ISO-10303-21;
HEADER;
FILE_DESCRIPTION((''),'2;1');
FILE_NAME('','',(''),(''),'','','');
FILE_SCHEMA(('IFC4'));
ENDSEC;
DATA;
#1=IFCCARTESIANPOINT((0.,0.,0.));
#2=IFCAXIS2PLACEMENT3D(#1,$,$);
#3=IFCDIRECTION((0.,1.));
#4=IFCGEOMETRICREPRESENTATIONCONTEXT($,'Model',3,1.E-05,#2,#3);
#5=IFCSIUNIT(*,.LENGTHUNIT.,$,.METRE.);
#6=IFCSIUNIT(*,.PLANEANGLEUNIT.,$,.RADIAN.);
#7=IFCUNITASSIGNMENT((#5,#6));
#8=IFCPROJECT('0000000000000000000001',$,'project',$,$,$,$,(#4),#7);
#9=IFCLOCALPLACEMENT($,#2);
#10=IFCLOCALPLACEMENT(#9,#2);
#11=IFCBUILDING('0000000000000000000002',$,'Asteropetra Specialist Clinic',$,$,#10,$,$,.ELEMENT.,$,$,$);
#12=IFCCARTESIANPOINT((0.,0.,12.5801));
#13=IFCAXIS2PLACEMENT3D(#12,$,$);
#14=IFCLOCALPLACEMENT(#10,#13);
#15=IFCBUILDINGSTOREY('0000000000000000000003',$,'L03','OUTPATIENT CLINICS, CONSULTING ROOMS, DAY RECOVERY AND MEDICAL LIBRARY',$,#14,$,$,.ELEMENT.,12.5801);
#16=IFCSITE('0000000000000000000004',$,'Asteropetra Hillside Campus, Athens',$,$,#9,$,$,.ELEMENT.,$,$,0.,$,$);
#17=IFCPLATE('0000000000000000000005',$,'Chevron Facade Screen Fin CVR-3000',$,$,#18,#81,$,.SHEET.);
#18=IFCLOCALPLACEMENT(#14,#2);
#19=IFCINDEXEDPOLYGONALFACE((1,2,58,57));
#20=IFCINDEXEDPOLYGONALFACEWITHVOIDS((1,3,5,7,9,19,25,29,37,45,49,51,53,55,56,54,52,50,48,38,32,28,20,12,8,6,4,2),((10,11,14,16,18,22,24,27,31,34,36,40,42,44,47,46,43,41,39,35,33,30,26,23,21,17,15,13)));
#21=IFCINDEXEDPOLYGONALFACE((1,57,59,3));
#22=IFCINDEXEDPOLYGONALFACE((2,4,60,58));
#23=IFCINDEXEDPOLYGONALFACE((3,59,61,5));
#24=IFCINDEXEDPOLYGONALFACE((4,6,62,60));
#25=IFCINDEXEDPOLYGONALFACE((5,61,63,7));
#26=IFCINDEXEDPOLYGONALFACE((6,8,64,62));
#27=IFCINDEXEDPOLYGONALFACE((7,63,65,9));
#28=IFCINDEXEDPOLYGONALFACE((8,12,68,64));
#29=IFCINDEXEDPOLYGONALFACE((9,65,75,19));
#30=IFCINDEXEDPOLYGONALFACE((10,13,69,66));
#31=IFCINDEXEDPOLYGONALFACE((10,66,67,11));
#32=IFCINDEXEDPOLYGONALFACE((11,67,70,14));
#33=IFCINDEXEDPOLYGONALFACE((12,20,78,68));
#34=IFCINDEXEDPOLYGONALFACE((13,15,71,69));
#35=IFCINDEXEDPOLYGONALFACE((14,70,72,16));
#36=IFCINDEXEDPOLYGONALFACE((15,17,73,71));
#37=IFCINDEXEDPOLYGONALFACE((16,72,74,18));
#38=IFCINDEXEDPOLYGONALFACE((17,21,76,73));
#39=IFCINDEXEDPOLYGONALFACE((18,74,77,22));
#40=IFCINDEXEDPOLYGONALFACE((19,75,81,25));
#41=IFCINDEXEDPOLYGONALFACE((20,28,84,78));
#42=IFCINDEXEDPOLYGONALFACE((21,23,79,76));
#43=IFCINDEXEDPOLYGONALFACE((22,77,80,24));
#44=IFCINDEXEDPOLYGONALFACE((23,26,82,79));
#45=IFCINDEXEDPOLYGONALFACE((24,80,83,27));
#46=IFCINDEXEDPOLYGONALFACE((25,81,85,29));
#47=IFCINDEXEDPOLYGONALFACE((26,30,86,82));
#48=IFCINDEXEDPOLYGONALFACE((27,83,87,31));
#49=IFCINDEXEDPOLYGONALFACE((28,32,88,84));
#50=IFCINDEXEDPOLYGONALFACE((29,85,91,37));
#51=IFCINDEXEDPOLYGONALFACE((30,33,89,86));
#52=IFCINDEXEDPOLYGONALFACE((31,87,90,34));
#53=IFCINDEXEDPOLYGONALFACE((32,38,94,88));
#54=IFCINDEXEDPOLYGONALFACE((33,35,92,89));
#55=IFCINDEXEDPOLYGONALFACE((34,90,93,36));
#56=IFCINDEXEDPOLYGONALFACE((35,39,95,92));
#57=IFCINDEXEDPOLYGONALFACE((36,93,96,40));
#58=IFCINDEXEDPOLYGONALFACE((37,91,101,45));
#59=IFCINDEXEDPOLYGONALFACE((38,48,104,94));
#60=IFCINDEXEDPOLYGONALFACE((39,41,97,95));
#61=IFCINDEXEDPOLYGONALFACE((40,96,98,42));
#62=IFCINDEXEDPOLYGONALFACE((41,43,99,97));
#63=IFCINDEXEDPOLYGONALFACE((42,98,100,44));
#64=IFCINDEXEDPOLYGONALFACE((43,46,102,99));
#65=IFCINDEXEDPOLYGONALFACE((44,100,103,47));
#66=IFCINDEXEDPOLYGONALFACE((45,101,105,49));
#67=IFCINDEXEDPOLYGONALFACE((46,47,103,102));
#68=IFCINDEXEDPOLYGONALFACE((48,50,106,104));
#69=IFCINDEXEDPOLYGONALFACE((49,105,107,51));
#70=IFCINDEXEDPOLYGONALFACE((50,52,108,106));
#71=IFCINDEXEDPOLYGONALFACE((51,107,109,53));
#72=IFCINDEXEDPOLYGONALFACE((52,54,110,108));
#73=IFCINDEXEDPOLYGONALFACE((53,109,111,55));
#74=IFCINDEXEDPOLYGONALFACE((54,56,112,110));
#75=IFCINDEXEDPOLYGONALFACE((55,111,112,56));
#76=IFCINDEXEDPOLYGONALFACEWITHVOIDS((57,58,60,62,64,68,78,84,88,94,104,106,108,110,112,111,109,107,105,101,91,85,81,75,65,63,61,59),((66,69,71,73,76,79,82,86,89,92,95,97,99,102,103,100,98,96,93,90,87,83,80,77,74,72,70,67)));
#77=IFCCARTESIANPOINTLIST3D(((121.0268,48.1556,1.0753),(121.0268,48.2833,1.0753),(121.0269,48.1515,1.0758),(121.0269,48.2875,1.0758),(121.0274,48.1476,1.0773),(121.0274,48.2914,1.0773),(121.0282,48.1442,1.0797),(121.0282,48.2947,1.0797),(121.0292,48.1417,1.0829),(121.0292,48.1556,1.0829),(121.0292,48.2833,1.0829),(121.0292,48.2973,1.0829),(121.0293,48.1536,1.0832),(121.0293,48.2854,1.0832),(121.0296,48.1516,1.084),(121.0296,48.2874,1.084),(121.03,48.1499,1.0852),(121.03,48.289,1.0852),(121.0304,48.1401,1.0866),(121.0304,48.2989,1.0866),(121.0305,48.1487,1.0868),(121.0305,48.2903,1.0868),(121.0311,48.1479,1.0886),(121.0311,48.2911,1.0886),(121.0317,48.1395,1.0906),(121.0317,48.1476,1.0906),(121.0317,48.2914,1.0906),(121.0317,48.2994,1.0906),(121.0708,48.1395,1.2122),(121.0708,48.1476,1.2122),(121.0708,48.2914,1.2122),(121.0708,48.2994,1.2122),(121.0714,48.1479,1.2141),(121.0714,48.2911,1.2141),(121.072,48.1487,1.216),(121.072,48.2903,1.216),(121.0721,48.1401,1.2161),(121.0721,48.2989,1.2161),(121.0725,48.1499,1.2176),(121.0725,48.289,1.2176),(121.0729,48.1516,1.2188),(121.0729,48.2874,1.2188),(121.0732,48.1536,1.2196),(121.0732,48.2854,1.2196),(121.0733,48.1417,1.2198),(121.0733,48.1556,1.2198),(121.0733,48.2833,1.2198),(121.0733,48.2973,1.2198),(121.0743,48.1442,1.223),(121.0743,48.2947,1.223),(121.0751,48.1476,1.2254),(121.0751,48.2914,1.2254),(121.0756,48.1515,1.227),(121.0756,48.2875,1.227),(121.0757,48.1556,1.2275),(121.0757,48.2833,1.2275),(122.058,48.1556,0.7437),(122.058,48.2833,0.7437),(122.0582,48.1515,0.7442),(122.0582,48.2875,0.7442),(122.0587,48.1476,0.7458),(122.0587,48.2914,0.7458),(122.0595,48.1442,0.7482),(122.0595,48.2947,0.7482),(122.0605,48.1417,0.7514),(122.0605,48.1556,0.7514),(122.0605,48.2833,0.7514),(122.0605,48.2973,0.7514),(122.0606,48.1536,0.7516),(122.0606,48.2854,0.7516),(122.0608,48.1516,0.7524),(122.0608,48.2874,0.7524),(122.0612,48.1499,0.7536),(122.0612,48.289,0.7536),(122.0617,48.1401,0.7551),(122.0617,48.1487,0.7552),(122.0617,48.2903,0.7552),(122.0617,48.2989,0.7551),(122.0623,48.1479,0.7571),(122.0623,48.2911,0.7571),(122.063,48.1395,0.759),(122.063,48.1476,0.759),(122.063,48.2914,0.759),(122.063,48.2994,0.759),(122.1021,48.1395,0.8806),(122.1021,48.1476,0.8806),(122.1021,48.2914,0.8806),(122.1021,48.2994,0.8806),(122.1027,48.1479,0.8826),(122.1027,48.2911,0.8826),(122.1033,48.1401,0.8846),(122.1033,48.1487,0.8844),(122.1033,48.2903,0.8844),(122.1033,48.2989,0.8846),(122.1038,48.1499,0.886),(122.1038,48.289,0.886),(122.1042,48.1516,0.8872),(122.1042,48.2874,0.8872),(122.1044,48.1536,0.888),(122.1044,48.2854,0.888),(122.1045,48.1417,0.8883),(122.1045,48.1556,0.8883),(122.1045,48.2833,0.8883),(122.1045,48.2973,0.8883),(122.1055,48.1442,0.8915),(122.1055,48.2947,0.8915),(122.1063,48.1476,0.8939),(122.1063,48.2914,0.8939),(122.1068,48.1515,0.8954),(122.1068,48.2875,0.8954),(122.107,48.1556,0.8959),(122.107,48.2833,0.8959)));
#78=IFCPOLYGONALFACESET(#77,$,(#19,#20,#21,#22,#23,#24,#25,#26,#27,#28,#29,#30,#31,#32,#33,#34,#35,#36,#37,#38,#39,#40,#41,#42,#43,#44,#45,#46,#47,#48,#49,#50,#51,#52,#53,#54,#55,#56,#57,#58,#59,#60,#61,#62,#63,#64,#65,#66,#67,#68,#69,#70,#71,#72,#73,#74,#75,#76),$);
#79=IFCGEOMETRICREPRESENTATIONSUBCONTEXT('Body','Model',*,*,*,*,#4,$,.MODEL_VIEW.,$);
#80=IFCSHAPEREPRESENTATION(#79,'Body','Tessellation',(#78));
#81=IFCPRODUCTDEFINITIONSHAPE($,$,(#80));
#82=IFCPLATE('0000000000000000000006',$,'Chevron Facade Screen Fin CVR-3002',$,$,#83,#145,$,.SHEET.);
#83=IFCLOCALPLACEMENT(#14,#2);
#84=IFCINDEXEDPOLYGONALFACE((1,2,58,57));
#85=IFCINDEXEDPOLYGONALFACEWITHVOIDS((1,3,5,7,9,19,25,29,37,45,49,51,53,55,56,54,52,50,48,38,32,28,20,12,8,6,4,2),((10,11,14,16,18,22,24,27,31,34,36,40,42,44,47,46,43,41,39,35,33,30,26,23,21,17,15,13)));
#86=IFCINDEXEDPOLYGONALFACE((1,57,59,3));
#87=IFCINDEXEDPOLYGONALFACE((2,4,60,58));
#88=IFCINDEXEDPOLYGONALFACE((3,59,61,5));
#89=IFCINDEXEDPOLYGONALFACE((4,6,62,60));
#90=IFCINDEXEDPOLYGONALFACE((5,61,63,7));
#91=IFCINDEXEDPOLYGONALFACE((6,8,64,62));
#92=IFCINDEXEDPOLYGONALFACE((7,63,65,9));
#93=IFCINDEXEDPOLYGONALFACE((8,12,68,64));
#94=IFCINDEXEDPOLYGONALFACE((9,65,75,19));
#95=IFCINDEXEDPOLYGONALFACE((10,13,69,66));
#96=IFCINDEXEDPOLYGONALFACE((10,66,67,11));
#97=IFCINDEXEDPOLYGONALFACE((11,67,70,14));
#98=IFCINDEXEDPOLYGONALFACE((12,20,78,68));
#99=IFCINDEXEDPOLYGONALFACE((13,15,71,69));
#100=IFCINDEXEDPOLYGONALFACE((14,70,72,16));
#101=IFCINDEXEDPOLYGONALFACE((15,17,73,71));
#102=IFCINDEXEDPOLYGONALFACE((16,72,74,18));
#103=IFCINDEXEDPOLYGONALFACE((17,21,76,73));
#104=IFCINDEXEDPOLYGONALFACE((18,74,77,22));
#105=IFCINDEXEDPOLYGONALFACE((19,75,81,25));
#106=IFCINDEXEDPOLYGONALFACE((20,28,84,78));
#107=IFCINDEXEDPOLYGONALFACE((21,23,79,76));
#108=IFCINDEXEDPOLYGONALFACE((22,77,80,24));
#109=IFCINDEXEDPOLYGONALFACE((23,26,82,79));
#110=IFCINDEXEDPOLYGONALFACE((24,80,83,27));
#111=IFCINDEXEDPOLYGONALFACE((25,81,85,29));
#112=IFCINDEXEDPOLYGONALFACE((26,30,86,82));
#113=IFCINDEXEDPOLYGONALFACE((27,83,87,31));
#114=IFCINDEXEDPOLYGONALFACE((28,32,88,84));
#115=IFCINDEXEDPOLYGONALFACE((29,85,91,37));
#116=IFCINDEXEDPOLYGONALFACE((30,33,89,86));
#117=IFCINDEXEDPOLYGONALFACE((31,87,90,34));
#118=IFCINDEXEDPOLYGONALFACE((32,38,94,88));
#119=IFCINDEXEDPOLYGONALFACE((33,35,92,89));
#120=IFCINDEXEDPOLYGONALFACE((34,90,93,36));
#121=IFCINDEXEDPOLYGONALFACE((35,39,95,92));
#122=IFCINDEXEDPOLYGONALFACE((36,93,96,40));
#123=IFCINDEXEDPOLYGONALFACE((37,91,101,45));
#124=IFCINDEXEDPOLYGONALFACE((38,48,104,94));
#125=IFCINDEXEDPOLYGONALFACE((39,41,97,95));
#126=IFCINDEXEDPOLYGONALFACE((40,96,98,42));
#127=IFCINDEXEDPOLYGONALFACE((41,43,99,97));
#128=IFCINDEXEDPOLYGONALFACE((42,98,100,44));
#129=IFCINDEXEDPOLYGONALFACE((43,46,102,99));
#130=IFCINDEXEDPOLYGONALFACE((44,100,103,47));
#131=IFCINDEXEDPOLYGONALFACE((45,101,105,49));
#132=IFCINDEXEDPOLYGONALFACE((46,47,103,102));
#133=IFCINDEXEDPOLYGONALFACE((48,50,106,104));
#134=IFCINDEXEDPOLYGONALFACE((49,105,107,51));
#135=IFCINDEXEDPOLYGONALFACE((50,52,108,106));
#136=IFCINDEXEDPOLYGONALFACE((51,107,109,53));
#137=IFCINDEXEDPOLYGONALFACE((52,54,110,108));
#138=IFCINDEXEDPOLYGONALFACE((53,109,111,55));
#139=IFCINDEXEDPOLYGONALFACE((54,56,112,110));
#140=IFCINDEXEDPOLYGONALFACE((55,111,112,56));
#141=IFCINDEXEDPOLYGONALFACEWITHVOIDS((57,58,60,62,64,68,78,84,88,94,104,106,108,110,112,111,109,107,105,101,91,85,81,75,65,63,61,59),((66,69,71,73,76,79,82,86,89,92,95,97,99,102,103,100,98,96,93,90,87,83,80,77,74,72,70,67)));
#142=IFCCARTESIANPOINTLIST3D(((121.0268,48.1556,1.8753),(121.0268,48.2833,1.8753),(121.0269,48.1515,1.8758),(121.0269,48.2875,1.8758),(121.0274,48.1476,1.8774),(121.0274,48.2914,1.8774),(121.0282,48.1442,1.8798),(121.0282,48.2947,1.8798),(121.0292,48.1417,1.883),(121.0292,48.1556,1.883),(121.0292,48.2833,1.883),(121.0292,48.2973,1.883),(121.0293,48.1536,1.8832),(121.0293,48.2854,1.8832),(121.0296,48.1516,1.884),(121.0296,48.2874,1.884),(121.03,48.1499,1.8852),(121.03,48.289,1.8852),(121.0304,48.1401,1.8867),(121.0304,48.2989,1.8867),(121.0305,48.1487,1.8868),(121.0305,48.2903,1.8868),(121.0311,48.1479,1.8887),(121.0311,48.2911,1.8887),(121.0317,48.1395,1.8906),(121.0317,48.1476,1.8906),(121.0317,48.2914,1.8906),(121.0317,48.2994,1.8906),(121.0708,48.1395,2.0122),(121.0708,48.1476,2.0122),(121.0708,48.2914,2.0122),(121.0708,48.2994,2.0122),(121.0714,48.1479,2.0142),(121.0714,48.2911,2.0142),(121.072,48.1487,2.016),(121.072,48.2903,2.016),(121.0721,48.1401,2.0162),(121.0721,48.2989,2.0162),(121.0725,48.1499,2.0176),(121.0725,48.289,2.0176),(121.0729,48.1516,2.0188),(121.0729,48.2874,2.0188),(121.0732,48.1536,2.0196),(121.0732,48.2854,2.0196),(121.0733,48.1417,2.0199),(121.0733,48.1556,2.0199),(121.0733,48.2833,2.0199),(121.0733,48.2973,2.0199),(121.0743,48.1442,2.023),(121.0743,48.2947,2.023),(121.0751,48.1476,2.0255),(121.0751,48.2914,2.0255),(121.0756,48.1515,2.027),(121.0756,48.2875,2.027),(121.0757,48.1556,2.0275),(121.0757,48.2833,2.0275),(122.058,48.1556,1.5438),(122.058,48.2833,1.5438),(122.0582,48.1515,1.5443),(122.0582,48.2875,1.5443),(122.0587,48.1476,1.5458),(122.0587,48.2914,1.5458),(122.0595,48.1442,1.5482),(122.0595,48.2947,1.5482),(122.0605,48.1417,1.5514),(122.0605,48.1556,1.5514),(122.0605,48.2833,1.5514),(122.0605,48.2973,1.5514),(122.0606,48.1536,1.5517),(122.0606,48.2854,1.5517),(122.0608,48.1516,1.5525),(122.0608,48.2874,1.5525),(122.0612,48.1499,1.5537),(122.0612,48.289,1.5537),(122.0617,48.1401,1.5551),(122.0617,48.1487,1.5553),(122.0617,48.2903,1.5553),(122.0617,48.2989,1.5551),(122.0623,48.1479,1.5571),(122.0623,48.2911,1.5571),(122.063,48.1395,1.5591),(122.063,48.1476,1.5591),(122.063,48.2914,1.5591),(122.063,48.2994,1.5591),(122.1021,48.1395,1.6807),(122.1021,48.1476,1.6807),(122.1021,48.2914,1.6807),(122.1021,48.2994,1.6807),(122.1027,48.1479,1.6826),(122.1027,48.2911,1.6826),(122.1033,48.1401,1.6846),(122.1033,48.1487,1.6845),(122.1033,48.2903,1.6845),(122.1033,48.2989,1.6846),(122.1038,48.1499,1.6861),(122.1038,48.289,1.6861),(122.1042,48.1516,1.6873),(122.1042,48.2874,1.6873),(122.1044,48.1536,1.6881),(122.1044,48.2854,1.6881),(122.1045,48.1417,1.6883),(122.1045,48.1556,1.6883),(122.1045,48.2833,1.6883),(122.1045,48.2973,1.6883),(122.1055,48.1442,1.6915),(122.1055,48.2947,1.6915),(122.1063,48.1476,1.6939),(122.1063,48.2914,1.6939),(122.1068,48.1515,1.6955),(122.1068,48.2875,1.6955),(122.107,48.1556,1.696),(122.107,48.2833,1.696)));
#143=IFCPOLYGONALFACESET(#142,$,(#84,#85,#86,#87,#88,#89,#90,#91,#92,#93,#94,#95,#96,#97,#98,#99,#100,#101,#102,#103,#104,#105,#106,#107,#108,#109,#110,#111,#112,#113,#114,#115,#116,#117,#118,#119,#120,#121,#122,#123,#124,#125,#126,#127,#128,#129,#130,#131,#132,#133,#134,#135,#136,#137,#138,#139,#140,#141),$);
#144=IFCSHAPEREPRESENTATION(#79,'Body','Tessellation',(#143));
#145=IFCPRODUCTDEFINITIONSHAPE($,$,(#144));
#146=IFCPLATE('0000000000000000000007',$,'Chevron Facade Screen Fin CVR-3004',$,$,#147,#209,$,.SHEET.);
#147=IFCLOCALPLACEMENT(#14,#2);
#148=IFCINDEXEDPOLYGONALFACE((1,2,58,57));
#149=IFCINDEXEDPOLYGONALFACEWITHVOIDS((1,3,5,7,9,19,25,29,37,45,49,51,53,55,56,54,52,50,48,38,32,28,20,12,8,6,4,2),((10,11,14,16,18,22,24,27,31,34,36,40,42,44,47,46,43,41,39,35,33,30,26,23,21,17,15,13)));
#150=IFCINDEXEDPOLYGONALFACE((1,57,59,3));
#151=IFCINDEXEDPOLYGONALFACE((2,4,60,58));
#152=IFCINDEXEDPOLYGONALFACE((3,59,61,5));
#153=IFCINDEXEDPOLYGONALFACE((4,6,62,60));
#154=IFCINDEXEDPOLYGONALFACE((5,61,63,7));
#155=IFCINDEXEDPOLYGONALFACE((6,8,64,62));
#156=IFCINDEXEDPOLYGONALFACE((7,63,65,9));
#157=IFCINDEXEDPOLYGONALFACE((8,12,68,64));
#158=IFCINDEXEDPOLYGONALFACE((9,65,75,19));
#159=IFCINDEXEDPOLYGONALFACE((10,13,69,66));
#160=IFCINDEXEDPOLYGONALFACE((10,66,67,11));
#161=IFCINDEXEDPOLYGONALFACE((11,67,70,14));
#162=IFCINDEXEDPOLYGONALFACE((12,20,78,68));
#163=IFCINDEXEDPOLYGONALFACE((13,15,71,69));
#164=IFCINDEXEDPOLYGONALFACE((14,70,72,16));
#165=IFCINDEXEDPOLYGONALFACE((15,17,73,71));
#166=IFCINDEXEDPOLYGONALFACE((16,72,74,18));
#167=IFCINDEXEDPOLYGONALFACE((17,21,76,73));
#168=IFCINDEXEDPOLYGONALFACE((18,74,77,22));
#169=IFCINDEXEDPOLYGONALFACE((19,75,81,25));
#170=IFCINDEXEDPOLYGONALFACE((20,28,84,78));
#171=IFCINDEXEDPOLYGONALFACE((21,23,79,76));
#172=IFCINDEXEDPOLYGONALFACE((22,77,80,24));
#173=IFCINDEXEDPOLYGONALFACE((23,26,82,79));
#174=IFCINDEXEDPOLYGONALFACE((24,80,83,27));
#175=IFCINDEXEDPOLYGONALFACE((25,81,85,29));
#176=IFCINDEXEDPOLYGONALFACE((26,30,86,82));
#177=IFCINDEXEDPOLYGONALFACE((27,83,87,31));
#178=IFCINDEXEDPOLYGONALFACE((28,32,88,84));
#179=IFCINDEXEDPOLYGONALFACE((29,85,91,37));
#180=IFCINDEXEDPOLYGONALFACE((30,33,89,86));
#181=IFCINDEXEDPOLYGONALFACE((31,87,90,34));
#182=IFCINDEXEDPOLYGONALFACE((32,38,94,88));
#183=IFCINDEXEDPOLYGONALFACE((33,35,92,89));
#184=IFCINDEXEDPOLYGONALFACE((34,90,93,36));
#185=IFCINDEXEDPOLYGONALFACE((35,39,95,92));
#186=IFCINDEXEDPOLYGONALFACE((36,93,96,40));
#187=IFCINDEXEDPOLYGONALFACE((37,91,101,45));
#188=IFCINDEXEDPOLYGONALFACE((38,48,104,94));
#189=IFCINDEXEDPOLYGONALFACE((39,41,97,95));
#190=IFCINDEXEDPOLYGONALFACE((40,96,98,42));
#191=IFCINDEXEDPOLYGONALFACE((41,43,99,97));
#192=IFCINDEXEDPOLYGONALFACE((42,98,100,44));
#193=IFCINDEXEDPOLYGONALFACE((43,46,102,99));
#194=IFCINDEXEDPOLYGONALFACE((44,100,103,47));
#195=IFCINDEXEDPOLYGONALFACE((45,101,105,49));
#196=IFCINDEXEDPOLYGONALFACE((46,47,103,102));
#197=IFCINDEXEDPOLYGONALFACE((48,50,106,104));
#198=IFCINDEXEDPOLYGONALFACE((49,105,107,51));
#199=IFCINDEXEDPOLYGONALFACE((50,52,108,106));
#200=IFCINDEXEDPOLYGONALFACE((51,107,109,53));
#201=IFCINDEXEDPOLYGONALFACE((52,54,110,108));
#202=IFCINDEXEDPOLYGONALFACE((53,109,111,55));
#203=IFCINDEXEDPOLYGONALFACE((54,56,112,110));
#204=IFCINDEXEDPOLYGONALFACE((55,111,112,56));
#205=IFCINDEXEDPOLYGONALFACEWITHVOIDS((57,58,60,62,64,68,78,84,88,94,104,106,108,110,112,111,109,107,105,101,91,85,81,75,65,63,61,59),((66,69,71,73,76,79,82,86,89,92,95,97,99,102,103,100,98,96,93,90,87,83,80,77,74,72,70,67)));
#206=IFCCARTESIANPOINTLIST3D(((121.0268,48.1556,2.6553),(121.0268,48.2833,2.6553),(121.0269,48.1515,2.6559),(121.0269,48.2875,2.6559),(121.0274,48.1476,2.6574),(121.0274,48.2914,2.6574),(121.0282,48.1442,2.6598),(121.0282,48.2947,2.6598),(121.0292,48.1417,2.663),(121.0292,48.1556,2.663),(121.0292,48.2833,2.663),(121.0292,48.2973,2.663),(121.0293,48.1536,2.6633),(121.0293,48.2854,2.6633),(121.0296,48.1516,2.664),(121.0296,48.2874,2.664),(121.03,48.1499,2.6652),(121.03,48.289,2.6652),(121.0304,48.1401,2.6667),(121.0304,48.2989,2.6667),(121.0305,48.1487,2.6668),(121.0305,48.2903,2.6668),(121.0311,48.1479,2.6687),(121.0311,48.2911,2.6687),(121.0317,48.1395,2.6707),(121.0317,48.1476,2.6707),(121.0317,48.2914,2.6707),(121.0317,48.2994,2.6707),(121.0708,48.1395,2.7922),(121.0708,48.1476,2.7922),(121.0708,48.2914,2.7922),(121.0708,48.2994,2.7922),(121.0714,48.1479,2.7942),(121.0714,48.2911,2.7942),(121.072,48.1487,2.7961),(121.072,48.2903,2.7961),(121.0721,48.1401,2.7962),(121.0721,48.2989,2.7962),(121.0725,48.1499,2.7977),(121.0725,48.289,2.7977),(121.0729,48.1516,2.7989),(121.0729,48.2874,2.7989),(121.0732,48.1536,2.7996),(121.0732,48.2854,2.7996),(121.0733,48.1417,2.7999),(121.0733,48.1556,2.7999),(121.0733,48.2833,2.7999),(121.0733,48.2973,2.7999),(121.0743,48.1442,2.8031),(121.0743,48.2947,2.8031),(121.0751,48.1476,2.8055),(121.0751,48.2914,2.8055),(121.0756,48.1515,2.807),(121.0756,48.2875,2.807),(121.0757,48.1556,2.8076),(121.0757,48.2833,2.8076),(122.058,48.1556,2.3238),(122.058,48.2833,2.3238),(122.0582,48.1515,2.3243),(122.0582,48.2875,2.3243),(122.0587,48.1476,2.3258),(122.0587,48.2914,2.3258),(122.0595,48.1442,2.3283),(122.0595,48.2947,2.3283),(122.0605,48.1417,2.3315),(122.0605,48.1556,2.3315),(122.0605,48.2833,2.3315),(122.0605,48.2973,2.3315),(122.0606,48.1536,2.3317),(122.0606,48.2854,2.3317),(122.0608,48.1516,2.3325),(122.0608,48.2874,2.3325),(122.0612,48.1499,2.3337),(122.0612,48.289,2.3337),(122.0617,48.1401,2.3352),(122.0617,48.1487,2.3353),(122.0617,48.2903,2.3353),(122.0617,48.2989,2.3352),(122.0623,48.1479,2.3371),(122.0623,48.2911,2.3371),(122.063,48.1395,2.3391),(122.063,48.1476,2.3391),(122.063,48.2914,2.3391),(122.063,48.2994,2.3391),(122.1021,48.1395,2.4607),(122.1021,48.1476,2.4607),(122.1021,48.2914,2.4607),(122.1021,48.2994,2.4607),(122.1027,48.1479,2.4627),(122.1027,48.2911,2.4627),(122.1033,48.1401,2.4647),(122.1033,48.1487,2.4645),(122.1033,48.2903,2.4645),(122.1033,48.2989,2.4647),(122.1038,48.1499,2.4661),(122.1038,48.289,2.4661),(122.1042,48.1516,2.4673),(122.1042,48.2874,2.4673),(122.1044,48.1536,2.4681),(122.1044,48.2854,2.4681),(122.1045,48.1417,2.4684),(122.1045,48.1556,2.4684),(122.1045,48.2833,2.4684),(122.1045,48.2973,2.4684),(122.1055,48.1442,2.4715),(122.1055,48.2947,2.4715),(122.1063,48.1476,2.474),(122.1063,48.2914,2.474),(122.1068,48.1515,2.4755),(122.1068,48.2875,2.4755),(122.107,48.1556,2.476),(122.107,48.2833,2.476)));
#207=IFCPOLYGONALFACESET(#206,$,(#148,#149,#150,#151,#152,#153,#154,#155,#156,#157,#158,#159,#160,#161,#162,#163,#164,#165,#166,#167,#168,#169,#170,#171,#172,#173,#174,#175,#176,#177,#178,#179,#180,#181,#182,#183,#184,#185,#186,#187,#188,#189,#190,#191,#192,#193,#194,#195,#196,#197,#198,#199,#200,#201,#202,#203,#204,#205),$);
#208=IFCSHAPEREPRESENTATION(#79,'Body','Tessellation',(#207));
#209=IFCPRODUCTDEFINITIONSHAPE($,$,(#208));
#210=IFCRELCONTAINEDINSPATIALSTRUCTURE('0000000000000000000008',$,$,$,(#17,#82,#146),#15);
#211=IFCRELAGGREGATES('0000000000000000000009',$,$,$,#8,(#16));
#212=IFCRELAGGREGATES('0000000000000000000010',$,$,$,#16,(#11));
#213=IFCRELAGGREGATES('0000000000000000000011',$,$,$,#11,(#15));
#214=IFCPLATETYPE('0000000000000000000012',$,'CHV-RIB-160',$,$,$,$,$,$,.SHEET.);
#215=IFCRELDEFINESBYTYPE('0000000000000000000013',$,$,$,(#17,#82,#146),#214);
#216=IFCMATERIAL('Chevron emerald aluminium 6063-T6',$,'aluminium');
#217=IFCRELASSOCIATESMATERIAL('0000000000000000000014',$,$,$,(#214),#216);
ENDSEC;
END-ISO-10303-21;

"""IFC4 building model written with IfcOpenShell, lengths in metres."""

from ifc_helpers import new_model, si_unit, direction, frame, origin, origin_2d, place, context, subcontext, project, spatial, hollow_rectangle, extrude, material, material_profile, profile_set, type_object, element, save


model = new_model("IFC4")

# Units and contexts
model_context = context("Model", 3, precision=1e-05, world=origin(), true_north=direction((0.0, 1.0)))
body_context = subcontext(model_context, "Body", "Model", "MODEL_VIEW")
ifc_project = project(units=[si_unit("LENGTHUNIT", "METRE"), si_unit("PLANEANGLEUNIT", "RADIAN")], contexts=[model_context])

# Site, building, storey
site_placement = place(None, origin())
site = spatial("IfcSite", under=ifc_project, at=site_placement, Name="Asteropetra Hillside Campus, Athens", CompositionType="ELEMENT", RefElevation=0.0)
building_placement = place(site_placement, origin())
building = spatial("IfcBuilding", under=site, at=building_placement, Name="Asteropetra Specialist Clinic", CompositionType="ELEMENT")
storey_placement = place(building_placement, frame((0.0, 0.0, 12.5801)))
storey = spatial("IfcBuildingStorey", under=building, at=storey_placement, Name="L03", Description="OUTPATIENT CLINICS, CONSULTING ROOMS, DAY RECOVERY AND MEDICAL LIBRARY", CompositionType="ELEMENT", Elevation=12.5801)

# Plates
ifc_material_1 = material(Name="Chevron emerald aluminium 6063-T6", Category="aluminium")
ifc_material_profile = material_profile(ifc_material_1, hollow_rectangle(XDim=0.1599, YDim=0.1599, WallThickness=0.0081, InnerFilletRadius=0.0081, OuterFilletRadius=0.0161, at=origin_2d()), Name="SHS 160x160x8.0")
ifc_profile_set = profile_set([ifc_material_profile], Name="Chevron emerald aluminium 6063-T6")
plate_type_1 = type_object("IfcPlateType", Name="CHV-RIB-160", PredefinedType="SHEET", material=ifc_profile_set)
for number, where, z_axis, x_axis, name in (
    (1, (122.0825, 48.2195, 0.8198), (-0.95201, 0.0, 0.306068), (0.0, -1.0, 0.0), "Chevron Facade Screen Fin CVR-3000"),
    (2, (122.0825, 48.2195, 1.6199), (-0.95201, 0.0, 0.306068), (0.0, -1.0, 0.0), "Chevron Facade Screen Fin CVR-3002"),
    (3, (122.0825, 48.2195, 2.3999), (-0.95201, 0.0, 0.306068), (0.0, -1.0, 0.0), "Chevron Facade Screen Fin CVR-3004"),
):
    element("IfcPlate", number, at=place(storey_placement, frame(where, z_axis=z_axis, x_axis=x_axis)), inside=storey, type_object=plate_type_1, Name=name, PredefinedType="SHEET", context=body_context, shape_type="SweptSolid", body=[
        extrude(hollow_rectangle(XDim=0.1599, YDim=0.1599, WallThickness=0.0081, InnerFilletRadius=0.0081, OuterFilletRadius=0.0161, at=origin_2d()), origin(), (0.0, 0.0, 1.0), 1.0833),
    ])

save(model, "model.ifc")
